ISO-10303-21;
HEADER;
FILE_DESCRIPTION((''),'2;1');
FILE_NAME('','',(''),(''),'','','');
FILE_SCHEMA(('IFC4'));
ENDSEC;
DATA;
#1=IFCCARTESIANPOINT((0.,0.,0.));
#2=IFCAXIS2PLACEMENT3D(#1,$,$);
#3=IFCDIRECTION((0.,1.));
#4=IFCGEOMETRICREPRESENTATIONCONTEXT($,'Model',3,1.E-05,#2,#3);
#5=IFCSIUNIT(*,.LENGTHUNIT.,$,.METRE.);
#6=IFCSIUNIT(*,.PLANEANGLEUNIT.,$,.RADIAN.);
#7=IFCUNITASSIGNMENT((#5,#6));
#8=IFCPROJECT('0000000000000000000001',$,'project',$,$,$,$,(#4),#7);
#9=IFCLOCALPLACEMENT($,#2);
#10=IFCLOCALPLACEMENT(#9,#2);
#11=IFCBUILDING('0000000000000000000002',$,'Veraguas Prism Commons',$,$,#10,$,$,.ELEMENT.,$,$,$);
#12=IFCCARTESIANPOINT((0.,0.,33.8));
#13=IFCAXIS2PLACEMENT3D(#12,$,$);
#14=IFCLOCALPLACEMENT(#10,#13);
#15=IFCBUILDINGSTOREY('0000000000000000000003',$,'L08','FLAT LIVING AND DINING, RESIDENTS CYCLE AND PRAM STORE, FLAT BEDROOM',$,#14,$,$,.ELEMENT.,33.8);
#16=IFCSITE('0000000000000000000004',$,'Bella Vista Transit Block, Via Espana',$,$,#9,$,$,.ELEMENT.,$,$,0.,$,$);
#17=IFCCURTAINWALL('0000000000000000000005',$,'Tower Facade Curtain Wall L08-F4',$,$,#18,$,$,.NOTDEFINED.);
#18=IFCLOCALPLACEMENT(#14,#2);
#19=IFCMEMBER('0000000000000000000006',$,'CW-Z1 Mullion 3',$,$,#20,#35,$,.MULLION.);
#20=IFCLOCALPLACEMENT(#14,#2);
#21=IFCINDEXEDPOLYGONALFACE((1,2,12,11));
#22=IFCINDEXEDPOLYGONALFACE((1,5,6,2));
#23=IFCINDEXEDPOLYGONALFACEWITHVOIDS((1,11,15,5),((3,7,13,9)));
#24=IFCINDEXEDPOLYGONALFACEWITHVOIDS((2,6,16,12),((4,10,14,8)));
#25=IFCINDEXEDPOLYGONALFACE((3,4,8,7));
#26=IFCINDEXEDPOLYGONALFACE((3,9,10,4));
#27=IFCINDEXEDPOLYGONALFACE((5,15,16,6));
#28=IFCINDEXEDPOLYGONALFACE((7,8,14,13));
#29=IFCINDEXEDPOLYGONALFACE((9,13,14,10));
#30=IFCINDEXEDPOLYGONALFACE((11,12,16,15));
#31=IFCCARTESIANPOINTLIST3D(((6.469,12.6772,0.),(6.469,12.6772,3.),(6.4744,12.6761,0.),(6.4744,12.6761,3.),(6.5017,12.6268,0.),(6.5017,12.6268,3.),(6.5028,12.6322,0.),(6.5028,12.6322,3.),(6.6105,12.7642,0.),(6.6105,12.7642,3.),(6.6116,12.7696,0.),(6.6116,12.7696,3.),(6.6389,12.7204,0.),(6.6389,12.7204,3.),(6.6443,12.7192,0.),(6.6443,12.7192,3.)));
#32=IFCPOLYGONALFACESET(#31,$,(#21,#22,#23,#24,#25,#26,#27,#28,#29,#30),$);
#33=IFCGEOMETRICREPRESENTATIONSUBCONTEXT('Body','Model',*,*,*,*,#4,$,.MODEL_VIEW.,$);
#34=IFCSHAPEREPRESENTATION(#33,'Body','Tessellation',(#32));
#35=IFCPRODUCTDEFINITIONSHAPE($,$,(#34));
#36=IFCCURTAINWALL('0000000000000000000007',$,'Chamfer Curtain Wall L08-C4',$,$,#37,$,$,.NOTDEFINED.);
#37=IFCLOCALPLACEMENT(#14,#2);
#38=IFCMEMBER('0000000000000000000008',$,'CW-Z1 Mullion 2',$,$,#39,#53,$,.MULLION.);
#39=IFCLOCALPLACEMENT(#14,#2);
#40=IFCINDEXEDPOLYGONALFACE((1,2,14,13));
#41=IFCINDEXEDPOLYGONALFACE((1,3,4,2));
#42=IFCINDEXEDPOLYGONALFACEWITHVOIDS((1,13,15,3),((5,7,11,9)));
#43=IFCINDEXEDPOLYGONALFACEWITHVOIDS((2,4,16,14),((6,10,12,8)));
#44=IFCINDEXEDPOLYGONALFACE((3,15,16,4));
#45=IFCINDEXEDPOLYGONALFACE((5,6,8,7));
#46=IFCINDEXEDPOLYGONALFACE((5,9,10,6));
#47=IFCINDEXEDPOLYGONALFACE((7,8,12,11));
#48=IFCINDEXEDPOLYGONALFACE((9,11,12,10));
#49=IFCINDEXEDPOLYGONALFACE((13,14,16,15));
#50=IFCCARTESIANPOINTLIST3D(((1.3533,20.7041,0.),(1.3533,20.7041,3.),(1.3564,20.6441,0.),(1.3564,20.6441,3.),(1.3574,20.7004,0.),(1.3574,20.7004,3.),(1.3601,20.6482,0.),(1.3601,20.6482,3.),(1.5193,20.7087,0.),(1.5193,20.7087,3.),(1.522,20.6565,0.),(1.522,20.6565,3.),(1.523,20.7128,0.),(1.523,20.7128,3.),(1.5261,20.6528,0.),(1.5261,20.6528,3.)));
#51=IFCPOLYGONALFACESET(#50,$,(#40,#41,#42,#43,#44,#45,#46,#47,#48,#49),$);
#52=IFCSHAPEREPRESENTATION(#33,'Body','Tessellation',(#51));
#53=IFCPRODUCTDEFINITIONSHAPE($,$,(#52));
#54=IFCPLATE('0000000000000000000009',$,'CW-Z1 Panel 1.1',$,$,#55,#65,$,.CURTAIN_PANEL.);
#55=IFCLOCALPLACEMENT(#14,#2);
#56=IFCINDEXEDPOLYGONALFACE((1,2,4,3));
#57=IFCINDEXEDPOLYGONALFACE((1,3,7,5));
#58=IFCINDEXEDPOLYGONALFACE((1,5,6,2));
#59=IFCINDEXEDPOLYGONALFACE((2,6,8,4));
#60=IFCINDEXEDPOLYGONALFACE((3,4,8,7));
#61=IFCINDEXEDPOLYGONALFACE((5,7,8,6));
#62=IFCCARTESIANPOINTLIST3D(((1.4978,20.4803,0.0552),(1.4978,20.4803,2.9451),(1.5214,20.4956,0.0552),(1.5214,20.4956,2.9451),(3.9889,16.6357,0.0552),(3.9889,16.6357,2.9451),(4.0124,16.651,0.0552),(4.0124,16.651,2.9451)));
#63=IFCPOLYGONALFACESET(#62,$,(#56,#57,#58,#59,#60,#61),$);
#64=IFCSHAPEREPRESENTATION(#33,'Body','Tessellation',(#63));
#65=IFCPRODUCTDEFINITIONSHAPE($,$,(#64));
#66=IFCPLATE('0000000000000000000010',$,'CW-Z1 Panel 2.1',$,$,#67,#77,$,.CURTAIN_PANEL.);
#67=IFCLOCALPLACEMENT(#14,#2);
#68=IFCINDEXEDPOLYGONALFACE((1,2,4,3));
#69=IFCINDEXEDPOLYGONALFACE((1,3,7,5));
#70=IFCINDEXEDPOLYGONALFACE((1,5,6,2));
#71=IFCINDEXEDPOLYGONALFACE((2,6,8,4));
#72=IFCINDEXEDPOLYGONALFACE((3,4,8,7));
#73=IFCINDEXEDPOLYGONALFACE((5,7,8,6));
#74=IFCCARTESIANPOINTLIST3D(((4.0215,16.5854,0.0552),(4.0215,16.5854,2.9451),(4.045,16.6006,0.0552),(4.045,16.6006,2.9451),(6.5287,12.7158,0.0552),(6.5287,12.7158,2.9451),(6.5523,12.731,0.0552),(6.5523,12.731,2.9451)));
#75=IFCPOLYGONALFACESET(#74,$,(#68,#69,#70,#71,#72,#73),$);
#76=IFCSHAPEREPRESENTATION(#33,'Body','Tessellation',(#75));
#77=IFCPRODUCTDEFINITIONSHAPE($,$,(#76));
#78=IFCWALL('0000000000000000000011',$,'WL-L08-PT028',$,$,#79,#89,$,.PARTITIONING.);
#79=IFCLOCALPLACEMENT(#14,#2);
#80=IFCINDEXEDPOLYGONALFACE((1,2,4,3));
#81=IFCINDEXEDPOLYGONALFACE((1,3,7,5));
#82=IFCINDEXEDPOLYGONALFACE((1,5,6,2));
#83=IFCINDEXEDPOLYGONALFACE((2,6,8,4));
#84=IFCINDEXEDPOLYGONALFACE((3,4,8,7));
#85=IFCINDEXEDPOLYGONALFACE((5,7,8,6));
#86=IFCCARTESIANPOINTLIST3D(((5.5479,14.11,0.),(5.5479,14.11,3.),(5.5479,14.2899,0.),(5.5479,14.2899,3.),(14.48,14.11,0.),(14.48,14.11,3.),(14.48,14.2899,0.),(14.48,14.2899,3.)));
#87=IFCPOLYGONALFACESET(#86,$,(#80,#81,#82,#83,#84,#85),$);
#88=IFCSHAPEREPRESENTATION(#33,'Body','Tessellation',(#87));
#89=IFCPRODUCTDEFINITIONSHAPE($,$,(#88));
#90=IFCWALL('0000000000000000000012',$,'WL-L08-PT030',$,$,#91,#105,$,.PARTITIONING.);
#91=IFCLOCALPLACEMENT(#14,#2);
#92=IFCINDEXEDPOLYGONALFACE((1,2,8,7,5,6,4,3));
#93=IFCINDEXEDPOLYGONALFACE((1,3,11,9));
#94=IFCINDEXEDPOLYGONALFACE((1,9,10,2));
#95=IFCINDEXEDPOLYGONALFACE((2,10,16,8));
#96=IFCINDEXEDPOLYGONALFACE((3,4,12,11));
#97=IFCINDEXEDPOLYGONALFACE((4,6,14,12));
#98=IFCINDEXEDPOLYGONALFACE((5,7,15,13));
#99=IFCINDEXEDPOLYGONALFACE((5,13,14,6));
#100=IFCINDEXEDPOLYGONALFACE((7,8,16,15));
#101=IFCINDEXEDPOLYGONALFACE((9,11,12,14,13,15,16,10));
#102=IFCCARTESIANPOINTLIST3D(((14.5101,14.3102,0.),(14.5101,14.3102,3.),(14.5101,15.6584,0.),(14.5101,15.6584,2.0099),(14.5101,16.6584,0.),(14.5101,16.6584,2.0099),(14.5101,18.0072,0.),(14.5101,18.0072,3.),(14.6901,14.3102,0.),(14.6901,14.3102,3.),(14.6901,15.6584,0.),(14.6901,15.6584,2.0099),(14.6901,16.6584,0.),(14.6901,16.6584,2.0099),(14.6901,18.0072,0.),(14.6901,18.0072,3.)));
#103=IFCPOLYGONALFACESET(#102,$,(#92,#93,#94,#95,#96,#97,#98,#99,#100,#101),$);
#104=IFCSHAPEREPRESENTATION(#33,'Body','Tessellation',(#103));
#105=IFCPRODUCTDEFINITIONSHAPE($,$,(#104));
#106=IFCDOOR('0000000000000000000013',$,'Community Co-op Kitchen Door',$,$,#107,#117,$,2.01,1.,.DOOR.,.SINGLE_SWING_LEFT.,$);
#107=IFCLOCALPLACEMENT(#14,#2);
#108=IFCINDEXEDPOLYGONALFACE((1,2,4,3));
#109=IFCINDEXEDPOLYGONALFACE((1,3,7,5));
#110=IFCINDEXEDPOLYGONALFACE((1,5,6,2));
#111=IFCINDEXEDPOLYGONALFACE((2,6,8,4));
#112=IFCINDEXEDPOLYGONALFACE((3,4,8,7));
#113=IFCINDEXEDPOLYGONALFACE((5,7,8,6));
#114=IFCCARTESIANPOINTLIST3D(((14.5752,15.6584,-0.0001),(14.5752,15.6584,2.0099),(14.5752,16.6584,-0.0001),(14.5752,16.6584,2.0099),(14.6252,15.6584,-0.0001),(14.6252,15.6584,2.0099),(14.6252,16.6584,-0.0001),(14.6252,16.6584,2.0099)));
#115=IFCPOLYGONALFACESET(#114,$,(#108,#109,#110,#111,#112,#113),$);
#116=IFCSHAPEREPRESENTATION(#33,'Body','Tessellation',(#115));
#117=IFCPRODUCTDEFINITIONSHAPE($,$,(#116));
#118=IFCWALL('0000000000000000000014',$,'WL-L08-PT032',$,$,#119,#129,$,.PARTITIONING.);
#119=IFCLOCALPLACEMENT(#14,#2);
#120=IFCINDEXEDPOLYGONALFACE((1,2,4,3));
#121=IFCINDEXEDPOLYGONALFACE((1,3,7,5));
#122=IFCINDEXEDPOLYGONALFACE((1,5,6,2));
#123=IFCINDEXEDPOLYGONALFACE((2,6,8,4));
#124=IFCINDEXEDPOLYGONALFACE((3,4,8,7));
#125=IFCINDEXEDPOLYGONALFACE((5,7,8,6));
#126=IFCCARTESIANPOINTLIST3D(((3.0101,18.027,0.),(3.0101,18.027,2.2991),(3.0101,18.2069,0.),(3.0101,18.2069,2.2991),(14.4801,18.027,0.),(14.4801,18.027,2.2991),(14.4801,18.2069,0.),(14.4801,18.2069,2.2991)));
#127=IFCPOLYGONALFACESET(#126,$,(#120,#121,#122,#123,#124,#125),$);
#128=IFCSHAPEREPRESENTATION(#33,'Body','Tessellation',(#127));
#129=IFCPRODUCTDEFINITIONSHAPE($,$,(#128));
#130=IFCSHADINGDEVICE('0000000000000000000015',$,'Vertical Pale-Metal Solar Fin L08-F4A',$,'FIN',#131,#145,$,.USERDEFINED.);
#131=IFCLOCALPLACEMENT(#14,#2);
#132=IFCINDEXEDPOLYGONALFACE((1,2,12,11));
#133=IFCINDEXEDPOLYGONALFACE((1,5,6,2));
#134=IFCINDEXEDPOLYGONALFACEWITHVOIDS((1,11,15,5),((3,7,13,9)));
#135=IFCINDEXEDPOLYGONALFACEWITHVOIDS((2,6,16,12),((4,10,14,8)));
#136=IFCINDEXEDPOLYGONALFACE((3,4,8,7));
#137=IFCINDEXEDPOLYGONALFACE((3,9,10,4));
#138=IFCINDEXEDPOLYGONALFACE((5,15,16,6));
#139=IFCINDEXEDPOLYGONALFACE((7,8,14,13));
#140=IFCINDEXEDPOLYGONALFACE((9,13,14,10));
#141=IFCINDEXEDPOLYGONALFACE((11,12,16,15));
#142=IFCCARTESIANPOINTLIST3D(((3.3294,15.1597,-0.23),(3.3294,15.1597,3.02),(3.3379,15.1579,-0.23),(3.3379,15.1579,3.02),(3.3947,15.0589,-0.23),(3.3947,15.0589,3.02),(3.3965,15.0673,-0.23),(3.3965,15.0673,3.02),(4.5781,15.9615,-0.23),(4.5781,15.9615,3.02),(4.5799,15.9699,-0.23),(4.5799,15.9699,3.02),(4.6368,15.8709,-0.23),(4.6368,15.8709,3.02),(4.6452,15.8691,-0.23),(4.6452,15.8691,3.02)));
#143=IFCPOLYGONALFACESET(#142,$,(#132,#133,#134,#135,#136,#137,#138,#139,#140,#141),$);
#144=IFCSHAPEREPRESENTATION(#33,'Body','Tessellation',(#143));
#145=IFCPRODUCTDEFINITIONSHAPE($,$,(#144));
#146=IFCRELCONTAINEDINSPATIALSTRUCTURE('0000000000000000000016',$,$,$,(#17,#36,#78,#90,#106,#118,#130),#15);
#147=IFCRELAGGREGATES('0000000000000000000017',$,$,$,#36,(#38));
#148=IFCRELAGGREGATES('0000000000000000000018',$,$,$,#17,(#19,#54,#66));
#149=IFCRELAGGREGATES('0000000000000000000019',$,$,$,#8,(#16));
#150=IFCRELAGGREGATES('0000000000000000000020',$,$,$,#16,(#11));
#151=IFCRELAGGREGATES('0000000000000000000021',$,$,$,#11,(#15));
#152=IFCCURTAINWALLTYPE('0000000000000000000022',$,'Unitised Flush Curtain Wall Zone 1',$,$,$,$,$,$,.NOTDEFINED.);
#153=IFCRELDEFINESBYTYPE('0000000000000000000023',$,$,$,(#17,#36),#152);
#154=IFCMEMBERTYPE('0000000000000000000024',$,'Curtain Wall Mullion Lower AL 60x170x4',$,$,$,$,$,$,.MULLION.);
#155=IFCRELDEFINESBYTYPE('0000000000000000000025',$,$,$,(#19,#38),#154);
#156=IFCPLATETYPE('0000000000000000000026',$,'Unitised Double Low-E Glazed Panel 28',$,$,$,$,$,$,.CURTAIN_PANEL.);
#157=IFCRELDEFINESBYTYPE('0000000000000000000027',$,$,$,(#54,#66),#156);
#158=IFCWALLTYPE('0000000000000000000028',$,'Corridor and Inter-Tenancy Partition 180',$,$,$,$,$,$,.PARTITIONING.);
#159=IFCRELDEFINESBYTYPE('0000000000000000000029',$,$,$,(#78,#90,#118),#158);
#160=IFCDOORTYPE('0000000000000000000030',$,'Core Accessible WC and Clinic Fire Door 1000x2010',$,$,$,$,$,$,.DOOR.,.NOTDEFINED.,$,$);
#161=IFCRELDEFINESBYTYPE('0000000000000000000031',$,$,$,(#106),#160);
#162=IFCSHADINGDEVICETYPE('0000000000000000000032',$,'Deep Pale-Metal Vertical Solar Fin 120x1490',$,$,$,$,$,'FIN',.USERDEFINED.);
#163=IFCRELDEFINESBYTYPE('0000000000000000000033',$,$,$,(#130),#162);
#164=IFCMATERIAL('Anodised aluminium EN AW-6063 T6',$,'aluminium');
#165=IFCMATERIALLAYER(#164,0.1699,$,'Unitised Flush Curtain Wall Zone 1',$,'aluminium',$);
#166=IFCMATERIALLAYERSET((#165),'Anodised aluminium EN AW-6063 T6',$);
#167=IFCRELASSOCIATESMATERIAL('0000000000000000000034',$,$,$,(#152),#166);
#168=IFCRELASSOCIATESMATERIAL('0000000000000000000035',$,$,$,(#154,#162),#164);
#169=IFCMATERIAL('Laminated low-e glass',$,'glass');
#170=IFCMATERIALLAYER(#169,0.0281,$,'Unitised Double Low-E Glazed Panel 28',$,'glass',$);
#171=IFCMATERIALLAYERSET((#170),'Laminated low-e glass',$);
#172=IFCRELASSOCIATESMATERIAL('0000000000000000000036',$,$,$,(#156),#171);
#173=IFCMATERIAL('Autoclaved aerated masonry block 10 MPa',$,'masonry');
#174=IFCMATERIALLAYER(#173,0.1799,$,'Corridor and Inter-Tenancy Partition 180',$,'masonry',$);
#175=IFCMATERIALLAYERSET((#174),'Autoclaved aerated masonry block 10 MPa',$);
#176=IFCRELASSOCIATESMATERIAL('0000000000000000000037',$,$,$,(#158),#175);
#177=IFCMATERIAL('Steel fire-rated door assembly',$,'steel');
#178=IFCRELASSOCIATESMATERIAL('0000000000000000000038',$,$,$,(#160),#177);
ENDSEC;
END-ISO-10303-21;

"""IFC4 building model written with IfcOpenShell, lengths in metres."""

from ifc_helpers import new_model, si_unit, direction, frame, frame_2d, origin, origin_2d, place, context, subcontext, project, spatial, rectangle, hollow_rectangle, extrude, source, transform, mapped, material, layer, layer_set, material_profile, profile_set, type_object, element, fill, aggregate, save


model = new_model("IFC4")

# Units and contexts
model_context = context("Model", 3, precision=1e-05, world=origin(), true_north=direction((0.0, 1.0)))
body_context = subcontext(model_context, "Body", "Model", "MODEL_VIEW")
ifc_project = project(units=[si_unit("LENGTHUNIT", "METRE"), si_unit("PLANEANGLEUNIT", "RADIAN")], contexts=[model_context])

# Site, building, storey
site_placement = place(None, origin())
site = spatial("IfcSite", under=ifc_project, at=site_placement, Name="Bella Vista Transit Block, Via Espana", CompositionType="ELEMENT", RefElevation=0.0)
building_placement = place(site_placement, origin())
building = spatial("IfcBuilding", under=site, at=building_placement, Name="Veraguas Prism Commons", CompositionType="ELEMENT")
storey_placement = place(building_placement, frame((0.0, 0.0, 33.8)))
storey = spatial("IfcBuildingStorey", under=building, at=storey_placement, Name="L08", Description="FLAT LIVING AND DINING, RESIDENTS CYCLE AND PRAM STORE, FLAT BEDROOM", CompositionType="ELEMENT", Elevation=33.8)

# Curtain wall, member
ifc_material_1 = material(Name="Anodised aluminium EN AW-6063 T6", Category="aluminium")
ifc_layer_1 = layer(ifc_material_1, 0.1699, Name="Unitised Flush Curtain Wall Zone 1", Category="aluminium")
ifc_layer_set_1 = layer_set([ifc_layer_1], Name="Anodised aluminium EN AW-6063 T6")
curtain_wall_type = type_object("IfcCurtainWallType", Name="Unitised Flush Curtain Wall Zone 1", PredefinedType="NOTDEFINED", material=ifc_layer_set_1)
curtain_wall_1_placement = place(storey_placement, origin())
curtain_wall_1 = element("IfcCurtainWall", 1, at=curtain_wall_1_placement, inside=storey, type_object=curtain_wall_type, Name="Tower Facade Curtain Wall L08-F4", PredefinedType="NOTDEFINED")
ifc_material_profile_1 = material_profile(ifc_material_1, hollow_rectangle(XDim=0.0601, YDim=0.1699, WallThickness=0.0039, at=origin_2d()), Name="AL60X170X4")
ifc_profile_set_1 = profile_set([ifc_material_profile_1], Name="Anodised aluminium EN AW-6063 T6")
member_type_1 = type_object("IfcMemberType", Name="Curtain Wall Mullion Lower AL 60x170x4", PredefinedType="MULLION", material=ifc_profile_set_1)
shared_shape_1 = source(origin(), body_context, "Body", "SweptSolid", [
    extrude(hollow_rectangle(XDim=0.0601, YDim=0.1699, WallThickness=0.0039, at=origin_2d()), origin(), (0.0, 0.0, 1.0), 3.0),
])
member_1_placement = place(storey_placement, frame((6.5566, 12.6982, 0.0), z_axis=(0.0, 0.0, 1.0), x_axis=(0.543766, -0.839237, 0.0)))
member_1 = element("IfcMember", 2, at=member_1_placement, type_object=member_type_1, Name="CW-Z1 Mullion 3", PredefinedType="MULLION", context=body_context, shape_type="MappedRepresentation", body=[
    mapped(shared_shape_1, transform((0.0, 0.0, 0.0), scale=1.0)),
])

# Curtain wall, member
curtain_wall_2_placement = place(storey_placement, origin())
curtain_wall_2 = element("IfcCurtainWall", 3, at=curtain_wall_2_placement, inside=storey, type_object=curtain_wall_type, Name="Chamfer Curtain Wall L08-C4", PredefinedType="NOTDEFINED")
member_2_placement = place(storey_placement, frame((1.4397, 20.6785, 0.0), z_axis=(0.0, 0.0, 1.0), x_axis=(0.051278, -0.998684, 0.0)))
member_2 = element("IfcMember", 4, at=member_2_placement, type_object=member_type_1, Name="CW-Z1 Mullion 2", PredefinedType="MULLION", context=body_context, shape_type="MappedRepresentation", body=[
    mapped(shared_shape_1, transform((0.0, 0.0, 0.0), scale=1.0)),
])
aggregate(curtain_wall_2, [member_2])

# Plates
ifc_material_2 = material(Name="Laminated low-e glass", Category="glass")
ifc_layer_2 = layer(ifc_material_2, 0.0281, Name="Unitised Double Low-E Glazed Panel 28", Category="glass")
ifc_layer_set_2 = layer_set([ifc_layer_2], Name="Laminated low-e glass")
plate_type = type_object("IfcPlateType", Name="Unitised Double Low-E Glazed Panel 28", PredefinedType="CURTAIN_PANEL", material=ifc_layer_set_2)
shared_shape_2 = source(origin(), body_context, "Body", "SweptSolid", [
    extrude(rectangle(XDim=4.5811, YDim=0.0281, at=origin_2d()), origin(), (0.0, 0.0, 1.0), 2.8899),
])
plate_1_placement = place(storey_placement, frame((2.7551, 18.5657, 0.0552), z_axis=(0.0, 0.0, 1.0), x_axis=(0.543766, -0.839237, 0.0)))
plate_1 = element("IfcPlate", 5, at=plate_1_placement, type_object=plate_type, Name="CW-Z1 Panel 1.1", PredefinedType="CURTAIN_PANEL", context=body_context, shape_type="MappedRepresentation", body=[
    mapped(shared_shape_2, transform((0.0, 0.0, 0.0), scale=1.0)),
])
shared_shape_3 = source(origin(), body_context, "Body", "SweptSolid", [
    extrude(rectangle(XDim=4.6108, YDim=0.0281, at=origin_2d()), origin(), (0.0, 0.0, 1.0), 2.8899),
])
plate_2_placement = place(storey_placement, frame((5.2869, 14.6582, 0.0552), z_axis=(0.0, 0.0, 1.0), x_axis=(0.543766, -0.839237, 0.0)))
plate_2 = element("IfcPlate", 6, at=plate_2_placement, type_object=plate_type, Name="CW-Z1 Panel 2.1", PredefinedType="CURTAIN_PANEL", context=body_context, shape_type="MappedRepresentation", body=[
    mapped(shared_shape_3, transform((0.0, 0.0, 0.0), scale=1.0)),
])
aggregate(curtain_wall_1, [member_1, plate_1, plate_2])

# Wall
ifc_material_3 = material(Name="Autoclaved aerated masonry block 10 MPa", Category="masonry")
ifc_layer_3 = layer(ifc_material_3, 0.1799, Name="Corridor and Inter-Tenancy Partition 180", Category="masonry")
ifc_layer_set_3 = layer_set([ifc_layer_3], Name="Autoclaved aerated masonry block 10 MPa")
wall_type = type_object("IfcWallType", Name="Corridor and Inter-Tenancy Partition 180", PredefinedType="PARTITIONING", material=ifc_layer_set_3)
wall_1_placement = place(storey_placement, frame((14.48, 14.2, 0.0), z_axis=(0.0, 0.0, 1.0), x_axis=(-1.0, 0.0, 0.0)))
element("IfcWall", 7, at=wall_1_placement, inside=storey, type_object=wall_type, Name="WL-L08-PT028", PredefinedType="PARTITIONING", context=body_context, shape_type="SweptSolid", body=[
    extrude(rectangle(XDim=8.9321, YDim=0.1799, at=frame_2d((4.4661, 0.0))), origin(), (0.0, 0.0, 1.0), 3.0),
])

# Wall, opening, door
wall_2_placement = place(storey_placement, frame((14.6001, 14.3101, 0.0), z_axis=(0.0, 0.0, 1.0), x_axis=(0.0, 1.0, 0.0)))
wall_2 = element("IfcWall", 8, at=wall_2_placement, inside=storey, type_object=wall_type, Name="WL-L08-PT030", PredefinedType="PARTITIONING", context=body_context, shape_type="SweptSolid", body=[
    extrude(rectangle(XDim=3.697, YDim=0.1799, at=frame_2d((1.8486, 0.0))), origin(), (0.0, 0.0, 1.0), 3.0),
])
opening_placement = place(wall_2_placement, frame((1.3484, 0.0, 0.0)))
opening = element("IfcOpeningElement", 9, at=opening_placement, cuts=wall_2, PredefinedType="OPENING", context=body_context, shape_type="SweptSolid", body=[
    extrude(rectangle(XDim=1.0, YDim=2.01, at=frame_2d((0.5, 1.0049))), frame((0.0, 0.0999, 0.0), z_axis=(0.0, -1.0, 0.0), x_axis=(1.0, 0.0, 0.0)), (0.0, 0.0, 1.0), 0.2),
])
ifc_material_4 = material(Name="Steel fire-rated door assembly", Category="steel")
door_type = type_object("IfcDoorType", Name="Core Accessible WC and Clinic Fire Door 1000x2010", OperationType="NOTDEFINED", PredefinedType="DOOR", material=ifc_material_4)
shared_shape_4 = source(origin(), body_context, "Body", "SweptSolid", [
    extrude(rectangle(XDim=1.0, YDim=2.01, at=frame_2d((0.5, 1.0049))), frame((0.0, 0.0249, 0.0), z_axis=(0.0, -1.0, 0.0), x_axis=(1.0, 0.0, 0.0)), (0.0, 0.0, 1.0), 0.05),
])
door_placement = place(opening_placement, origin())
door = element("IfcDoor", 10, at=door_placement, inside=storey, type_object=door_type, Name="Community Co-op Kitchen Door", OperationType="SINGLE_SWING_LEFT", OverallHeight=2.01, OverallWidth=1.0, PredefinedType="DOOR", context=body_context, shape_type="MappedRepresentation", body=[
    mapped(shared_shape_4, transform((0.0, 0.0, 0.0), scale=1.0)),
])
fill(opening, door)

# Wall
wall_3_placement = place(storey_placement, frame((14.48, 18.1169, 0.0), z_axis=(0.0, 0.0, 1.0), x_axis=(-1.0, 0.0, 0.0)))
element("IfcWall", 11, at=wall_3_placement, inside=storey, type_object=wall_type, Name="WL-L08-PT032", PredefinedType="PARTITIONING", context=body_context, shape_type="SweptSolid", body=[
    extrude(rectangle(XDim=11.47, YDim=0.1799, at=frame_2d((5.7349, 0.0))), origin(), (0.0, 0.0, 1.0), 2.2991),
])

# Shading device
ifc_material_profile_2 = material_profile(ifc_material_1, hollow_rectangle(XDim=0.1201, YDim=1.49, WallThickness=0.0061, at=origin_2d()), Name="FIN120X1490X6")
ifc_profile_set_2 = profile_set([ifc_material_profile_2], Name="Anodised aluminium EN AW-6063 T6")
shading_device_type = type_object("IfcShadingDeviceType", Name="Deep Pale-Metal Vertical Solar Fin 120x1490", ElementType="FIN", PredefinedType="USERDEFINED", material=ifc_profile_set_2)
shading_device_placement = place(storey_placement, frame((3.9873, 15.5144, -0.23), z_axis=(0.0, 0.0, 1.0), x_axis=(0.543762, -0.83924, 0.0)))
element("IfcShadingDevice", 12, at=shading_device_placement, inside=storey, type_object=shading_device_type, Name="Vertical Pale-Metal Solar Fin L08-F4A", ObjectType="FIN", PredefinedType="USERDEFINED", context=body_context, shape_type="SweptSolid", body=[
    extrude(hollow_rectangle(XDim=0.1201, YDim=1.49, WallThickness=0.0061, at=origin_2d()), origin(), (0.0, 0.0, 1.0), 3.25),
])

save(model, "model.ifc")
